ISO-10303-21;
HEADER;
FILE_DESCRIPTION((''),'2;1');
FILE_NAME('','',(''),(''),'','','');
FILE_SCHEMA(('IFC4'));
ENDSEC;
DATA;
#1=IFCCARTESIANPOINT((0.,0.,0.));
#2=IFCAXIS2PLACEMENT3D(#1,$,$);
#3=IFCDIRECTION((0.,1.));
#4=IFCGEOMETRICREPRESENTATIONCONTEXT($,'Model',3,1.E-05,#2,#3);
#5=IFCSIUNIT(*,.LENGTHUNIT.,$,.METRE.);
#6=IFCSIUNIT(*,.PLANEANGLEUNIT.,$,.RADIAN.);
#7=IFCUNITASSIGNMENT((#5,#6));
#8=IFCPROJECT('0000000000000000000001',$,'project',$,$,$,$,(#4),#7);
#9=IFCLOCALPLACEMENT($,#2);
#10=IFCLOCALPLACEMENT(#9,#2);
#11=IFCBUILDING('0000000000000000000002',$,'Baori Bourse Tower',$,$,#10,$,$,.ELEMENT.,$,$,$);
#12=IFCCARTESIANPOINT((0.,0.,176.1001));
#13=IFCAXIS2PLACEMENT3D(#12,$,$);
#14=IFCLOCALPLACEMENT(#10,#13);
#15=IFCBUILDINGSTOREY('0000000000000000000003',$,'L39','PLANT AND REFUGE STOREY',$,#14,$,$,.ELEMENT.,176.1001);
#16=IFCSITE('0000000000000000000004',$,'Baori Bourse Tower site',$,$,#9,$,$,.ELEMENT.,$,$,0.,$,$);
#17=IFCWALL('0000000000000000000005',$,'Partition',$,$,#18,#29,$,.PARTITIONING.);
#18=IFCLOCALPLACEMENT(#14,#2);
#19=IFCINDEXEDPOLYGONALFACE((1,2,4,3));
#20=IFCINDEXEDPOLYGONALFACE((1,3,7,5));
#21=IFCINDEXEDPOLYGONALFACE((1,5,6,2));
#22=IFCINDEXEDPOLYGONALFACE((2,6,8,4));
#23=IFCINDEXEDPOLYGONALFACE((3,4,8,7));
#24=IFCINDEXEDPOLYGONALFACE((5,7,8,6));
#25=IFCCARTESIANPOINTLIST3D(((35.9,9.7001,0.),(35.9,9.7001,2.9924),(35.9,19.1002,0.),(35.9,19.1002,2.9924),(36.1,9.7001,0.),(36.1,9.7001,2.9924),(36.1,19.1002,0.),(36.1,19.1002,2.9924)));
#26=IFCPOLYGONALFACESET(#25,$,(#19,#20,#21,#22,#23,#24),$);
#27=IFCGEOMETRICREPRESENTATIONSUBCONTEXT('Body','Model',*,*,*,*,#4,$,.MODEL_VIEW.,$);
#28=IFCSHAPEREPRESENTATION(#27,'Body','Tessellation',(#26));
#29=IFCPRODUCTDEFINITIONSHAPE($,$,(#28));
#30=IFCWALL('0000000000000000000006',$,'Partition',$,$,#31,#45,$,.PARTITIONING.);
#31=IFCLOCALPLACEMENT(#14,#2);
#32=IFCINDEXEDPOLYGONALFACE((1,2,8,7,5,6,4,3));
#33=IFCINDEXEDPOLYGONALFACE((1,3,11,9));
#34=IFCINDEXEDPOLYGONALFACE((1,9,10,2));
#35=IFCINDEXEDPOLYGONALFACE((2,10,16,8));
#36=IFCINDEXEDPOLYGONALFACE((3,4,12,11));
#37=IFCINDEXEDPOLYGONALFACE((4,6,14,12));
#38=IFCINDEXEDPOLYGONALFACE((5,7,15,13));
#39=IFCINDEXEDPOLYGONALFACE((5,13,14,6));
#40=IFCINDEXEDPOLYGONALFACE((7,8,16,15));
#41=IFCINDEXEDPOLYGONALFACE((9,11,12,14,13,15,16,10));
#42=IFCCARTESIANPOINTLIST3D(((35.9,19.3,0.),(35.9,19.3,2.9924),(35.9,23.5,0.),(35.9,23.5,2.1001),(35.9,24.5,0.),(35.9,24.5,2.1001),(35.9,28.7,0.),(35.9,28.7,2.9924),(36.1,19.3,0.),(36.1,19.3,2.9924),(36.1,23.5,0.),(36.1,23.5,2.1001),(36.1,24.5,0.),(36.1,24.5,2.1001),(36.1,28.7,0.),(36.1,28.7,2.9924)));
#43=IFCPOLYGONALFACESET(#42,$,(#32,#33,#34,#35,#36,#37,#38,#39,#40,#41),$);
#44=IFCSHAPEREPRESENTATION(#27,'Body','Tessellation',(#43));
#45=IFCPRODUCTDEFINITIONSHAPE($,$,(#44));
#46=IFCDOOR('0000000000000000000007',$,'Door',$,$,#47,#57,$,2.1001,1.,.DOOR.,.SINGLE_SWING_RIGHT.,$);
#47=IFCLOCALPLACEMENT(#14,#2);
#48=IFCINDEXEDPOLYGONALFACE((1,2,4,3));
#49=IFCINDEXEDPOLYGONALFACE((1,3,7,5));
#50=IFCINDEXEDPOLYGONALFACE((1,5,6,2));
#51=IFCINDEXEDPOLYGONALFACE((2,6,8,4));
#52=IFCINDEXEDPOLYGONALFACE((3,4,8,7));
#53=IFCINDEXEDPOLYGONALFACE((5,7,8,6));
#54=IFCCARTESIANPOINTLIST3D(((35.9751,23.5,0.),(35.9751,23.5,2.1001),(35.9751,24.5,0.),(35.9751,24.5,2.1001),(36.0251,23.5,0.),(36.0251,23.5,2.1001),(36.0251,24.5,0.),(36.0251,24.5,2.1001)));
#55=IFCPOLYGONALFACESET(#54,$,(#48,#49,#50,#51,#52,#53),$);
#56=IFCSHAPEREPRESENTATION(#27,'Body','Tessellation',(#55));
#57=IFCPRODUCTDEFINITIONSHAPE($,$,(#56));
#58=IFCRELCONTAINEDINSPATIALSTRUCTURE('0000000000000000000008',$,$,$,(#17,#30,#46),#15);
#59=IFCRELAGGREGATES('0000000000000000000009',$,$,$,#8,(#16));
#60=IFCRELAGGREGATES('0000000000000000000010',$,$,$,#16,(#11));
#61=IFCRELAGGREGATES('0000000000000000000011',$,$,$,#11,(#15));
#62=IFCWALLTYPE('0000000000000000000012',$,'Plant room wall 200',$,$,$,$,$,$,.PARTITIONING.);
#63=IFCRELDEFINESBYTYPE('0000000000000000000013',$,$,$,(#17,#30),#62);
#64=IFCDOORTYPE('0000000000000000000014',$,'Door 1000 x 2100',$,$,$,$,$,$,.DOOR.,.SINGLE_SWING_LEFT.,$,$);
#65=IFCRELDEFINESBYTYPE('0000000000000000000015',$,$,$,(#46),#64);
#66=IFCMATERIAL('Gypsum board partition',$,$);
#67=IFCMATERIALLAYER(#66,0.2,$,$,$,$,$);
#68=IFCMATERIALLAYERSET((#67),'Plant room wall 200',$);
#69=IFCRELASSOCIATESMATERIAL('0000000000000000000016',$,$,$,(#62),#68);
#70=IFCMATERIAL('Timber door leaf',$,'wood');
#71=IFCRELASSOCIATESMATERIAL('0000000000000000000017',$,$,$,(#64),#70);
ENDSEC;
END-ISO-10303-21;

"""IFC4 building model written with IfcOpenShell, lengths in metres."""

from ifc_helpers import new_model, si_unit, direction, frame, frame_2d, origin, place, context, subcontext, project, spatial, rectangle, extrude, material, layer, layer_set, type_object, element, fill, save


model = new_model("IFC4")

# Units and contexts
model_context = context("Model", 3, precision=1e-05, world=origin(), true_north=direction((0.0, 1.0)))
body_context = subcontext(model_context, "Body", "Model", "MODEL_VIEW")
ifc_project = project(units=[si_unit("LENGTHUNIT", "METRE"), si_unit("PLANEANGLEUNIT", "RADIAN")], contexts=[model_context])

# Site, building, storey
site_placement = place(None, origin())
site = spatial("IfcSite", under=ifc_project, at=site_placement, Name="Baori Bourse Tower site", CompositionType="ELEMENT", RefElevation=0.0)
building_placement = place(site_placement, origin())
building = spatial("IfcBuilding", under=site, at=building_placement, Name="Baori Bourse Tower", CompositionType="ELEMENT")
storey_placement = place(building_placement, frame((0.0, 0.0, 176.1001)))
storey = spatial("IfcBuildingStorey", under=building, at=storey_placement, Name="L39", Description="PLANT AND REFUGE STOREY", CompositionType="ELEMENT", Elevation=176.1001)

# Shared definitions
ifc_material_1 = material(Name="Gypsum board partition")
ifc_layer_1 = layer(ifc_material_1, 0.2)
ifc_layer_set_1 = layer_set([ifc_layer_1], Name="Plant room wall 200")
wall_type = type_object("IfcWallType", Name="Plant room wall 200", PredefinedType="PARTITIONING", material=ifc_layer_set_1)
ifc_material_2 = material(Name="Timber door leaf", Category="wood")
door_type = type_object("IfcDoorType", Name="Door 1000 x 2100", OperationType="SINGLE_SWING_LEFT", PredefinedType="DOOR", material=ifc_material_2)

# Wall
wall_1_placement = place(storey_placement, frame((36.0, 9.7, 0.0), z_axis=(0.0, 0.0, 1.0), x_axis=(0.0, 1.0, 0.0)))
element("IfcWall", 1, at=wall_1_placement, inside=storey, type_object=wall_type, Name="Partition", PredefinedType="PARTITIONING", context=body_context, shape_type="SweptSolid", body=[
    extrude(rectangle(XDim=9.4001, YDim=0.2, at=frame_2d((4.7002, 0.0))), origin(), (0.0, 0.0, 1.0), 2.9924),
])

# Wall, opening, door
wall_2_placement = place(storey_placement, frame((36.0, 19.3, 0.0), z_axis=(0.0, 0.0, 1.0), x_axis=(0.0, 1.0, 0.0)))
wall_2 = element("IfcWall", 2, at=wall_2_placement, inside=storey, type_object=wall_type, Name="Partition", PredefinedType="PARTITIONING", context=body_context, shape_type="SweptSolid", body=[
    extrude(rectangle(XDim=9.3999, YDim=0.2, at=frame_2d((4.7, 0.0))), origin(), (0.0, 0.0, 1.0), 2.9924),
])
opening_1_placement = place(wall_2_placement, frame((4.2, 0.0, 0.0)))
opening_1 = element("IfcOpeningElement", 3, at=opening_1_placement, cuts=wall_2, PredefinedType="OPENING", context=body_context, shape_type="SweptSolid", body=[
    extrude(rectangle(XDim=1.0, YDim=2.1001, at=frame_2d((0.5, 1.05))), frame((0.0, 0.1099, 0.0), z_axis=(0.0, -1.0, 0.0), x_axis=(1.0, 0.0, 0.0)), (0.0, 0.0, 1.0), 0.22),
])
door_1_placement = place(opening_1_placement, origin())
door_1 = element("IfcDoor", 4, at=door_1_placement, inside=storey, type_object=door_type, Name="Door", OperationType="SINGLE_SWING_RIGHT", OverallHeight=2.1001, OverallWidth=1.0, PredefinedType="DOOR", context=body_context, shape_type="SweptSolid", body=[
    extrude(rectangle(XDim=1.0, YDim=2.1001, at=frame_2d((0.5, 1.05))), frame((0.0, 0.0249, 0.0), z_axis=(0.0, -1.0, 0.0), x_axis=(1.0, 0.0, 0.0)), (0.0, 0.0, 1.0), 0.05),
])
fill(opening_1, door_1)

save(model, "model.ifc")
